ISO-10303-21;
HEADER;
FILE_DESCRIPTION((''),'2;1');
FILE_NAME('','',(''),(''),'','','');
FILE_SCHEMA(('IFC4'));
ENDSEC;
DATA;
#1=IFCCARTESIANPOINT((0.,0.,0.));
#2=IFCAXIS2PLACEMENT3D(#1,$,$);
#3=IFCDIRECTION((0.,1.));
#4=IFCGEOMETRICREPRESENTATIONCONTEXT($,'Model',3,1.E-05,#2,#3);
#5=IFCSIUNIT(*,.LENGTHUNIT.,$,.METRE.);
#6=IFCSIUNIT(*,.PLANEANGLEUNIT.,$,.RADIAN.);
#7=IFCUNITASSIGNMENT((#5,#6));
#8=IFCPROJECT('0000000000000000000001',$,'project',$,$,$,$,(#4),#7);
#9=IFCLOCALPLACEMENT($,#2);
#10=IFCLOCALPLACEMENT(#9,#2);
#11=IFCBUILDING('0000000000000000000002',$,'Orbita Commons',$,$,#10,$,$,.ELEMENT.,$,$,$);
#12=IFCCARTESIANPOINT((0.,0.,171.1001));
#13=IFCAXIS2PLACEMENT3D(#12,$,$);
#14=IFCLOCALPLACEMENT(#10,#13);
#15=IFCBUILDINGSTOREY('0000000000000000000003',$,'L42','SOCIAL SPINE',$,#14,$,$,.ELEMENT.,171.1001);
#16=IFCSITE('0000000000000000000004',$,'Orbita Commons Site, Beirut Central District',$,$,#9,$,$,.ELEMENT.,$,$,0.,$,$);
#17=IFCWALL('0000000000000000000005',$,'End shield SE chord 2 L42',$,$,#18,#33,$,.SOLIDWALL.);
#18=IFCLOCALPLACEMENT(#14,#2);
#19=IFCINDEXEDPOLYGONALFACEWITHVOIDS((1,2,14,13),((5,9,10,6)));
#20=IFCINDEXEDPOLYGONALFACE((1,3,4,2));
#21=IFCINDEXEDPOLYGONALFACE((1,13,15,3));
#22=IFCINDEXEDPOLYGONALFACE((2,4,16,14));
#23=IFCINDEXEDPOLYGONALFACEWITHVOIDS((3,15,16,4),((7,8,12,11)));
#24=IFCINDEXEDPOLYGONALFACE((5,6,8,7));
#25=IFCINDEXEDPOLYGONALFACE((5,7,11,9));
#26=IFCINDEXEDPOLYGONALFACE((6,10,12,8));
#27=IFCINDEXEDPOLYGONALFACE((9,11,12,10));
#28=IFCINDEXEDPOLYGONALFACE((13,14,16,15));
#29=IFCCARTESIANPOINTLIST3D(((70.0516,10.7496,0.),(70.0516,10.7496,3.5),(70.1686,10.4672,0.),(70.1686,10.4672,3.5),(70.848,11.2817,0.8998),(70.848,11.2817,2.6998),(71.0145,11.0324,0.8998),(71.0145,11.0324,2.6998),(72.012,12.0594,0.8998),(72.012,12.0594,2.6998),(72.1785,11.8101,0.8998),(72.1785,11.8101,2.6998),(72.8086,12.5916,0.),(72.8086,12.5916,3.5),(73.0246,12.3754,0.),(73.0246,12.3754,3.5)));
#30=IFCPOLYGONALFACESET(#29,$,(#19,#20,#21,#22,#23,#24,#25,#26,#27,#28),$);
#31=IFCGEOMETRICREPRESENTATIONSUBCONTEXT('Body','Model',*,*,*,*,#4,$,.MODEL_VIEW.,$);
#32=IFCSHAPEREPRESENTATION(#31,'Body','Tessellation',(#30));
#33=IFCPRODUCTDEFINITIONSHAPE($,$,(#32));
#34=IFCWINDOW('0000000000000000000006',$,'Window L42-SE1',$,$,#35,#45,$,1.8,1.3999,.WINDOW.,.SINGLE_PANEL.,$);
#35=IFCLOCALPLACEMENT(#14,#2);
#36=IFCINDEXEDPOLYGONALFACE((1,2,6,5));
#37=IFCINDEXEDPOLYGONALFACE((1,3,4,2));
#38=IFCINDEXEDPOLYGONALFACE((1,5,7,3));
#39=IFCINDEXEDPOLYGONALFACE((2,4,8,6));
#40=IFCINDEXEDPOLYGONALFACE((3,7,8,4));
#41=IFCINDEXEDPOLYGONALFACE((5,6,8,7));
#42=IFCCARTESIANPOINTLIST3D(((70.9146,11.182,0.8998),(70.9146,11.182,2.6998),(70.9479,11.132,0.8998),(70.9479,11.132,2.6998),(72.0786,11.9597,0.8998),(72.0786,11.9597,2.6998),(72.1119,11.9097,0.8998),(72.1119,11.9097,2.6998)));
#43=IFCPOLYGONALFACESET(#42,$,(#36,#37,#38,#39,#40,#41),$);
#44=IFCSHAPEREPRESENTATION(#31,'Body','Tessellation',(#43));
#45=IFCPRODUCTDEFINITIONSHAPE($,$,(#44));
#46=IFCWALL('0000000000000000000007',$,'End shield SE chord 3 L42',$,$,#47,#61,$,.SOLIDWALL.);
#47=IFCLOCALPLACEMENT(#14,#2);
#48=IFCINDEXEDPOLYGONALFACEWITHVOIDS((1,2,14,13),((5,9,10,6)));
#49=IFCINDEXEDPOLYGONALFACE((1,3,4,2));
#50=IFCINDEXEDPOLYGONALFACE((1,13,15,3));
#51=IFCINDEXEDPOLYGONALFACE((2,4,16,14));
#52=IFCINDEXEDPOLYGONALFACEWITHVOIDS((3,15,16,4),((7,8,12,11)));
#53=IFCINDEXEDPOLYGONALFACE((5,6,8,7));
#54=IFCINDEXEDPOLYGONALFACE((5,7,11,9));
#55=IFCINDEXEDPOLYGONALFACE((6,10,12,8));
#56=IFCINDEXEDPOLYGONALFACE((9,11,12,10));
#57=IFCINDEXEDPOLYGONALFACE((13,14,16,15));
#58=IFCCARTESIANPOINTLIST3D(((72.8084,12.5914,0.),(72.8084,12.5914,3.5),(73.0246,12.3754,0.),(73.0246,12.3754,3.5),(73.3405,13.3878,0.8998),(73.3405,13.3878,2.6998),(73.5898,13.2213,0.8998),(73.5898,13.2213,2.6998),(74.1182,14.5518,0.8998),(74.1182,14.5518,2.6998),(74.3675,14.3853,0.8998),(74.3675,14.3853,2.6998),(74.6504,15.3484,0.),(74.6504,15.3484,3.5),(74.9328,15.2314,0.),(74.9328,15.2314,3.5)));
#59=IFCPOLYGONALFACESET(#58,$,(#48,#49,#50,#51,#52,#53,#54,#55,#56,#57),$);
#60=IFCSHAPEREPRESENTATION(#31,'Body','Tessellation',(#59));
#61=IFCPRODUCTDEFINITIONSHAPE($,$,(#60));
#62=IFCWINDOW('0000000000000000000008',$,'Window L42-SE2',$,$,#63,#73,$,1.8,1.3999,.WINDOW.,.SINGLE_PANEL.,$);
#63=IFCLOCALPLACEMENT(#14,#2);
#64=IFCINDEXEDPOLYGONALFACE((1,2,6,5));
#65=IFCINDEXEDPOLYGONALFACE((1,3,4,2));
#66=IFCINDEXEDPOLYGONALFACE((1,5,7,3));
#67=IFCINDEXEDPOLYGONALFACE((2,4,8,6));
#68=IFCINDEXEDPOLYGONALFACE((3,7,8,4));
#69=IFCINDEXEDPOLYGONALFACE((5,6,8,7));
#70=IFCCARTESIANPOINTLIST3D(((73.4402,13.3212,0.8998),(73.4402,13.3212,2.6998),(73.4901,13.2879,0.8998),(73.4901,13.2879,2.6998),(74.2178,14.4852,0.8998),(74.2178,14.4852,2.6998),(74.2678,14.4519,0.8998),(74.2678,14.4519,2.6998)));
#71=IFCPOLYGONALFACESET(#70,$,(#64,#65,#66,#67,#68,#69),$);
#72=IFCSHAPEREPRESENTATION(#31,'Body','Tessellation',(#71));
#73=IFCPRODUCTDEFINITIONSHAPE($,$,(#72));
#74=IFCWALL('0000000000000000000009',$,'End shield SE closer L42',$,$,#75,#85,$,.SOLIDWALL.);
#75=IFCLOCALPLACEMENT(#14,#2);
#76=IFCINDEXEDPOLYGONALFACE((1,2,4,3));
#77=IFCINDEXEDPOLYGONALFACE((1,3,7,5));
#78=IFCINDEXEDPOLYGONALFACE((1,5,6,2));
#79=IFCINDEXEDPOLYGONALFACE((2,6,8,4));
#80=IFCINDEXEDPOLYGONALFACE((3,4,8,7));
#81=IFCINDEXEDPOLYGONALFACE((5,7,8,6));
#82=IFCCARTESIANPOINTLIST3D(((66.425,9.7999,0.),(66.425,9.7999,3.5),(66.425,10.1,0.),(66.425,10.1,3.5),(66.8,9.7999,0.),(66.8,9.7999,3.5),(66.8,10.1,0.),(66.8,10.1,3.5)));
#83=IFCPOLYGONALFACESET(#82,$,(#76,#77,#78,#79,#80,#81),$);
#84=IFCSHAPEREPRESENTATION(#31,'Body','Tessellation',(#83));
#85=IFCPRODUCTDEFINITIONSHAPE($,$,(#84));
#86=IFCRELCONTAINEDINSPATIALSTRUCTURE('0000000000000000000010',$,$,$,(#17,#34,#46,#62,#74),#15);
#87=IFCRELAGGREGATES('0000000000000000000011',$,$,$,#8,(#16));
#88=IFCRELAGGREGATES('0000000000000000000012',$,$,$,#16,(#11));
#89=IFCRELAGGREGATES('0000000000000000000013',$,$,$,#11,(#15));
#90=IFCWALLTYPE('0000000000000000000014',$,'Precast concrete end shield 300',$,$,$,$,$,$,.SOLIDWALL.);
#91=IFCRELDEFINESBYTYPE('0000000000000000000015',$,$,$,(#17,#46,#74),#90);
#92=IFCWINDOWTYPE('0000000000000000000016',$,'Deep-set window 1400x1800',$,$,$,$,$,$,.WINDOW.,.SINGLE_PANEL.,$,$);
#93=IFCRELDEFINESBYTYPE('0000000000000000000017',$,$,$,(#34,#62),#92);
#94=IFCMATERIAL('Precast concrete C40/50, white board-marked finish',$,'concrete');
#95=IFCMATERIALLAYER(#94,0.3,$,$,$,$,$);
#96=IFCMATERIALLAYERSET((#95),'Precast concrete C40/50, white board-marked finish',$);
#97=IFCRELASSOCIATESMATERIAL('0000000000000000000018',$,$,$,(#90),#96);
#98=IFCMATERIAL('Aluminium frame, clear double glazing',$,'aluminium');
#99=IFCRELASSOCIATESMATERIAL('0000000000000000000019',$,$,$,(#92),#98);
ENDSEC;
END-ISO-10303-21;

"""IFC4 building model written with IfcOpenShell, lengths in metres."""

from ifc_helpers import new_model, si_unit, direction, frame, frame_2d, origin, place, context, subcontext, project, spatial, polyline, rectangle, outline, extrude, material, layer, layer_set, type_object, element, fill, save


model = new_model("IFC4")

# Units and contexts
model_context = context("Model", 3, precision=1e-05, world=origin(), true_north=direction((0.0, 1.0)))
body_context = subcontext(model_context, "Body", "Model", "MODEL_VIEW")
ifc_project = project(units=[si_unit("LENGTHUNIT", "METRE"), si_unit("PLANEANGLEUNIT", "RADIAN")], contexts=[model_context])

# Site, building, storey
site_placement = place(None, origin())
site = spatial("IfcSite", under=ifc_project, at=site_placement, Name="Orbita Commons Site, Beirut Central District", CompositionType="ELEMENT", RefElevation=0.0)
building_placement = place(site_placement, origin())
building = spatial("IfcBuilding", under=site, at=building_placement, Name="Orbita Commons", CompositionType="ELEMENT")
storey_placement = place(building_placement, frame((0.0, 0.0, 171.1001)))
storey = spatial("IfcBuildingStorey", under=building, at=storey_placement, Name="L42", Description="SOCIAL SPINE", CompositionType="ELEMENT", Elevation=171.1001)

# Walls, openings, windows
ifc_material_1 = material(Name="Precast concrete C40/50, white board-marked finish", Category="concrete")
ifc_layer_1 = layer(ifc_material_1, 0.3)
ifc_layer_set_1 = layer_set([ifc_layer_1], Name="Precast concrete C40/50, white board-marked finish")
wall_type_1 = type_object("IfcWallType", Name="Precast concrete end shield 300", PredefinedType="SOLIDWALL", material=ifc_layer_set_1)
ifc_material_2 = material(Name="Aluminium frame, clear double glazing", Category="aluminium")
window_type = type_object("IfcWindowType", Name="Deep-set window 1400x1800", PartitioningType="SINGLE_PANEL", PredefinedType="WINDOW", material=ifc_material_2)
wall_1_placement = place(storey_placement, frame((70.1101, 10.6084, 0.0), z_axis=(0.0, 0.0, 1.0), x_axis=(0.831493, 0.555535, 0.0)))
wall_1 = element("IfcWall", 1, at=wall_1_placement, inside=storey, type_object=wall_type_1, Name="End shield SE chord 2 L42", PredefinedType="SOLIDWALL", context=body_context, shape_type="SweptSolid", body=[
    extrude(outline(polyline([(-0.0298, -0.1499), (3.405, -0.1499), (3.3455, 0.1499), (0.0298, 0.1499), (-0.0298, -0.1499)])), origin(), (0.0, 0.0, 1.0), 3.5),
])
opening_1_placement = place(wall_1_placement, frame((0.9875, 0.0, 0.8999)))
opening_1 = element("IfcOpeningElement", 2, at=opening_1_placement, cuts=wall_1, PredefinedType="OPENING", context=body_context, shape_type="SweptSolid", body=[
    extrude(rectangle(XDim=1.3999, YDim=1.8, at=frame_2d((0.7, 0.8999))), frame((0.0, 0.1599, 0.0), z_axis=(0.0, -1.0, 0.0), x_axis=(1.0, 0.0, 0.0)), (0.0, 0.0, 1.0), 0.3201),
])
window_1_placement = place(opening_1_placement, origin())
window_1 = element("IfcWindow", 3, at=window_1_placement, inside=storey, type_object=window_type, Name="Window L42-SE1", OverallHeight=1.8, OverallWidth=1.3999, PartitioningType="SINGLE_PANEL", PredefinedType="WINDOW", context=body_context, shape_type="SweptSolid", body=[
    extrude(rectangle(XDim=1.3999, YDim=1.8, at=frame_2d((0.7, 0.8999))), frame((0.0, 0.03, 0.0), z_axis=(0.0, -1.0, 0.0), x_axis=(1.0, 0.0, 0.0)), (0.0, 0.0, 1.0), 0.0601),
])
fill(opening_1, window_1)
wall_2_placement = place(storey_placement, frame((72.9165, 12.4834, 0.0), z_axis=(0.0, 0.0, 1.0), x_axis=(0.555535, 0.831493, 0.0)))
wall_2 = element("IfcWall", 4, at=wall_2_placement, inside=storey, type_object=wall_type_1, Name="End shield SE chord 3 L42", PredefinedType="SOLIDWALL", context=body_context, shape_type="SweptSolid", body=[
    extrude(outline(polyline([(-0.0298, -0.1499), (3.405, -0.1499), (3.3455, 0.1499), (0.0298, 0.1499), (-0.0298, -0.1499)])), origin(), (0.0, 0.0, 1.0), 3.5),
])
opening_2_placement = place(wall_2_placement, frame((0.9875, 0.0, 0.8999)))
opening_2 = element("IfcOpeningElement", 5, at=opening_2_placement, cuts=wall_2, PredefinedType="OPENING", context=body_context, shape_type="SweptSolid", body=[
    extrude(rectangle(XDim=1.3999, YDim=1.8, at=frame_2d((0.7, 0.8999))), frame((0.0, 0.1599, 0.0), z_axis=(0.0, -1.0, 0.0), x_axis=(1.0, 0.0, 0.0)), (0.0, 0.0, 1.0), 0.3201),
])
window_2_placement = place(opening_2_placement, origin())
window_2 = element("IfcWindow", 6, at=window_2_placement, inside=storey, type_object=window_type, Name="Window L42-SE2", OverallHeight=1.8, OverallWidth=1.3999, PartitioningType="SINGLE_PANEL", PredefinedType="WINDOW", context=body_context, shape_type="SweptSolid", body=[
    extrude(rectangle(XDim=1.3999, YDim=1.8, at=frame_2d((0.7, 0.8999))), frame((0.0, 0.03, 0.0), z_axis=(0.0, -1.0, 0.0), x_axis=(1.0, 0.0, 0.0)), (0.0, 0.0, 1.0), 0.0601),
])
fill(opening_2, window_2)

# Wall
wall_3_placement = place(storey_placement, frame((66.8, 9.95, 0.0), z_axis=(0.0, 0.0, 1.0), x_axis=(-1.0, 0.0, 0.0)))
element("IfcWall", 7, at=wall_3_placement, inside=storey, type_object=wall_type_1, Name="End shield SE closer L42", PredefinedType="SOLIDWALL", context=body_context, shape_type="SweptSolid", body=[
    extrude(rectangle(XDim=0.375, YDim=0.3, at=frame_2d((0.1875, 0.0))), origin(), (0.0, 0.0, 1.0), 3.5),
])

save(model, "model.ifc")
